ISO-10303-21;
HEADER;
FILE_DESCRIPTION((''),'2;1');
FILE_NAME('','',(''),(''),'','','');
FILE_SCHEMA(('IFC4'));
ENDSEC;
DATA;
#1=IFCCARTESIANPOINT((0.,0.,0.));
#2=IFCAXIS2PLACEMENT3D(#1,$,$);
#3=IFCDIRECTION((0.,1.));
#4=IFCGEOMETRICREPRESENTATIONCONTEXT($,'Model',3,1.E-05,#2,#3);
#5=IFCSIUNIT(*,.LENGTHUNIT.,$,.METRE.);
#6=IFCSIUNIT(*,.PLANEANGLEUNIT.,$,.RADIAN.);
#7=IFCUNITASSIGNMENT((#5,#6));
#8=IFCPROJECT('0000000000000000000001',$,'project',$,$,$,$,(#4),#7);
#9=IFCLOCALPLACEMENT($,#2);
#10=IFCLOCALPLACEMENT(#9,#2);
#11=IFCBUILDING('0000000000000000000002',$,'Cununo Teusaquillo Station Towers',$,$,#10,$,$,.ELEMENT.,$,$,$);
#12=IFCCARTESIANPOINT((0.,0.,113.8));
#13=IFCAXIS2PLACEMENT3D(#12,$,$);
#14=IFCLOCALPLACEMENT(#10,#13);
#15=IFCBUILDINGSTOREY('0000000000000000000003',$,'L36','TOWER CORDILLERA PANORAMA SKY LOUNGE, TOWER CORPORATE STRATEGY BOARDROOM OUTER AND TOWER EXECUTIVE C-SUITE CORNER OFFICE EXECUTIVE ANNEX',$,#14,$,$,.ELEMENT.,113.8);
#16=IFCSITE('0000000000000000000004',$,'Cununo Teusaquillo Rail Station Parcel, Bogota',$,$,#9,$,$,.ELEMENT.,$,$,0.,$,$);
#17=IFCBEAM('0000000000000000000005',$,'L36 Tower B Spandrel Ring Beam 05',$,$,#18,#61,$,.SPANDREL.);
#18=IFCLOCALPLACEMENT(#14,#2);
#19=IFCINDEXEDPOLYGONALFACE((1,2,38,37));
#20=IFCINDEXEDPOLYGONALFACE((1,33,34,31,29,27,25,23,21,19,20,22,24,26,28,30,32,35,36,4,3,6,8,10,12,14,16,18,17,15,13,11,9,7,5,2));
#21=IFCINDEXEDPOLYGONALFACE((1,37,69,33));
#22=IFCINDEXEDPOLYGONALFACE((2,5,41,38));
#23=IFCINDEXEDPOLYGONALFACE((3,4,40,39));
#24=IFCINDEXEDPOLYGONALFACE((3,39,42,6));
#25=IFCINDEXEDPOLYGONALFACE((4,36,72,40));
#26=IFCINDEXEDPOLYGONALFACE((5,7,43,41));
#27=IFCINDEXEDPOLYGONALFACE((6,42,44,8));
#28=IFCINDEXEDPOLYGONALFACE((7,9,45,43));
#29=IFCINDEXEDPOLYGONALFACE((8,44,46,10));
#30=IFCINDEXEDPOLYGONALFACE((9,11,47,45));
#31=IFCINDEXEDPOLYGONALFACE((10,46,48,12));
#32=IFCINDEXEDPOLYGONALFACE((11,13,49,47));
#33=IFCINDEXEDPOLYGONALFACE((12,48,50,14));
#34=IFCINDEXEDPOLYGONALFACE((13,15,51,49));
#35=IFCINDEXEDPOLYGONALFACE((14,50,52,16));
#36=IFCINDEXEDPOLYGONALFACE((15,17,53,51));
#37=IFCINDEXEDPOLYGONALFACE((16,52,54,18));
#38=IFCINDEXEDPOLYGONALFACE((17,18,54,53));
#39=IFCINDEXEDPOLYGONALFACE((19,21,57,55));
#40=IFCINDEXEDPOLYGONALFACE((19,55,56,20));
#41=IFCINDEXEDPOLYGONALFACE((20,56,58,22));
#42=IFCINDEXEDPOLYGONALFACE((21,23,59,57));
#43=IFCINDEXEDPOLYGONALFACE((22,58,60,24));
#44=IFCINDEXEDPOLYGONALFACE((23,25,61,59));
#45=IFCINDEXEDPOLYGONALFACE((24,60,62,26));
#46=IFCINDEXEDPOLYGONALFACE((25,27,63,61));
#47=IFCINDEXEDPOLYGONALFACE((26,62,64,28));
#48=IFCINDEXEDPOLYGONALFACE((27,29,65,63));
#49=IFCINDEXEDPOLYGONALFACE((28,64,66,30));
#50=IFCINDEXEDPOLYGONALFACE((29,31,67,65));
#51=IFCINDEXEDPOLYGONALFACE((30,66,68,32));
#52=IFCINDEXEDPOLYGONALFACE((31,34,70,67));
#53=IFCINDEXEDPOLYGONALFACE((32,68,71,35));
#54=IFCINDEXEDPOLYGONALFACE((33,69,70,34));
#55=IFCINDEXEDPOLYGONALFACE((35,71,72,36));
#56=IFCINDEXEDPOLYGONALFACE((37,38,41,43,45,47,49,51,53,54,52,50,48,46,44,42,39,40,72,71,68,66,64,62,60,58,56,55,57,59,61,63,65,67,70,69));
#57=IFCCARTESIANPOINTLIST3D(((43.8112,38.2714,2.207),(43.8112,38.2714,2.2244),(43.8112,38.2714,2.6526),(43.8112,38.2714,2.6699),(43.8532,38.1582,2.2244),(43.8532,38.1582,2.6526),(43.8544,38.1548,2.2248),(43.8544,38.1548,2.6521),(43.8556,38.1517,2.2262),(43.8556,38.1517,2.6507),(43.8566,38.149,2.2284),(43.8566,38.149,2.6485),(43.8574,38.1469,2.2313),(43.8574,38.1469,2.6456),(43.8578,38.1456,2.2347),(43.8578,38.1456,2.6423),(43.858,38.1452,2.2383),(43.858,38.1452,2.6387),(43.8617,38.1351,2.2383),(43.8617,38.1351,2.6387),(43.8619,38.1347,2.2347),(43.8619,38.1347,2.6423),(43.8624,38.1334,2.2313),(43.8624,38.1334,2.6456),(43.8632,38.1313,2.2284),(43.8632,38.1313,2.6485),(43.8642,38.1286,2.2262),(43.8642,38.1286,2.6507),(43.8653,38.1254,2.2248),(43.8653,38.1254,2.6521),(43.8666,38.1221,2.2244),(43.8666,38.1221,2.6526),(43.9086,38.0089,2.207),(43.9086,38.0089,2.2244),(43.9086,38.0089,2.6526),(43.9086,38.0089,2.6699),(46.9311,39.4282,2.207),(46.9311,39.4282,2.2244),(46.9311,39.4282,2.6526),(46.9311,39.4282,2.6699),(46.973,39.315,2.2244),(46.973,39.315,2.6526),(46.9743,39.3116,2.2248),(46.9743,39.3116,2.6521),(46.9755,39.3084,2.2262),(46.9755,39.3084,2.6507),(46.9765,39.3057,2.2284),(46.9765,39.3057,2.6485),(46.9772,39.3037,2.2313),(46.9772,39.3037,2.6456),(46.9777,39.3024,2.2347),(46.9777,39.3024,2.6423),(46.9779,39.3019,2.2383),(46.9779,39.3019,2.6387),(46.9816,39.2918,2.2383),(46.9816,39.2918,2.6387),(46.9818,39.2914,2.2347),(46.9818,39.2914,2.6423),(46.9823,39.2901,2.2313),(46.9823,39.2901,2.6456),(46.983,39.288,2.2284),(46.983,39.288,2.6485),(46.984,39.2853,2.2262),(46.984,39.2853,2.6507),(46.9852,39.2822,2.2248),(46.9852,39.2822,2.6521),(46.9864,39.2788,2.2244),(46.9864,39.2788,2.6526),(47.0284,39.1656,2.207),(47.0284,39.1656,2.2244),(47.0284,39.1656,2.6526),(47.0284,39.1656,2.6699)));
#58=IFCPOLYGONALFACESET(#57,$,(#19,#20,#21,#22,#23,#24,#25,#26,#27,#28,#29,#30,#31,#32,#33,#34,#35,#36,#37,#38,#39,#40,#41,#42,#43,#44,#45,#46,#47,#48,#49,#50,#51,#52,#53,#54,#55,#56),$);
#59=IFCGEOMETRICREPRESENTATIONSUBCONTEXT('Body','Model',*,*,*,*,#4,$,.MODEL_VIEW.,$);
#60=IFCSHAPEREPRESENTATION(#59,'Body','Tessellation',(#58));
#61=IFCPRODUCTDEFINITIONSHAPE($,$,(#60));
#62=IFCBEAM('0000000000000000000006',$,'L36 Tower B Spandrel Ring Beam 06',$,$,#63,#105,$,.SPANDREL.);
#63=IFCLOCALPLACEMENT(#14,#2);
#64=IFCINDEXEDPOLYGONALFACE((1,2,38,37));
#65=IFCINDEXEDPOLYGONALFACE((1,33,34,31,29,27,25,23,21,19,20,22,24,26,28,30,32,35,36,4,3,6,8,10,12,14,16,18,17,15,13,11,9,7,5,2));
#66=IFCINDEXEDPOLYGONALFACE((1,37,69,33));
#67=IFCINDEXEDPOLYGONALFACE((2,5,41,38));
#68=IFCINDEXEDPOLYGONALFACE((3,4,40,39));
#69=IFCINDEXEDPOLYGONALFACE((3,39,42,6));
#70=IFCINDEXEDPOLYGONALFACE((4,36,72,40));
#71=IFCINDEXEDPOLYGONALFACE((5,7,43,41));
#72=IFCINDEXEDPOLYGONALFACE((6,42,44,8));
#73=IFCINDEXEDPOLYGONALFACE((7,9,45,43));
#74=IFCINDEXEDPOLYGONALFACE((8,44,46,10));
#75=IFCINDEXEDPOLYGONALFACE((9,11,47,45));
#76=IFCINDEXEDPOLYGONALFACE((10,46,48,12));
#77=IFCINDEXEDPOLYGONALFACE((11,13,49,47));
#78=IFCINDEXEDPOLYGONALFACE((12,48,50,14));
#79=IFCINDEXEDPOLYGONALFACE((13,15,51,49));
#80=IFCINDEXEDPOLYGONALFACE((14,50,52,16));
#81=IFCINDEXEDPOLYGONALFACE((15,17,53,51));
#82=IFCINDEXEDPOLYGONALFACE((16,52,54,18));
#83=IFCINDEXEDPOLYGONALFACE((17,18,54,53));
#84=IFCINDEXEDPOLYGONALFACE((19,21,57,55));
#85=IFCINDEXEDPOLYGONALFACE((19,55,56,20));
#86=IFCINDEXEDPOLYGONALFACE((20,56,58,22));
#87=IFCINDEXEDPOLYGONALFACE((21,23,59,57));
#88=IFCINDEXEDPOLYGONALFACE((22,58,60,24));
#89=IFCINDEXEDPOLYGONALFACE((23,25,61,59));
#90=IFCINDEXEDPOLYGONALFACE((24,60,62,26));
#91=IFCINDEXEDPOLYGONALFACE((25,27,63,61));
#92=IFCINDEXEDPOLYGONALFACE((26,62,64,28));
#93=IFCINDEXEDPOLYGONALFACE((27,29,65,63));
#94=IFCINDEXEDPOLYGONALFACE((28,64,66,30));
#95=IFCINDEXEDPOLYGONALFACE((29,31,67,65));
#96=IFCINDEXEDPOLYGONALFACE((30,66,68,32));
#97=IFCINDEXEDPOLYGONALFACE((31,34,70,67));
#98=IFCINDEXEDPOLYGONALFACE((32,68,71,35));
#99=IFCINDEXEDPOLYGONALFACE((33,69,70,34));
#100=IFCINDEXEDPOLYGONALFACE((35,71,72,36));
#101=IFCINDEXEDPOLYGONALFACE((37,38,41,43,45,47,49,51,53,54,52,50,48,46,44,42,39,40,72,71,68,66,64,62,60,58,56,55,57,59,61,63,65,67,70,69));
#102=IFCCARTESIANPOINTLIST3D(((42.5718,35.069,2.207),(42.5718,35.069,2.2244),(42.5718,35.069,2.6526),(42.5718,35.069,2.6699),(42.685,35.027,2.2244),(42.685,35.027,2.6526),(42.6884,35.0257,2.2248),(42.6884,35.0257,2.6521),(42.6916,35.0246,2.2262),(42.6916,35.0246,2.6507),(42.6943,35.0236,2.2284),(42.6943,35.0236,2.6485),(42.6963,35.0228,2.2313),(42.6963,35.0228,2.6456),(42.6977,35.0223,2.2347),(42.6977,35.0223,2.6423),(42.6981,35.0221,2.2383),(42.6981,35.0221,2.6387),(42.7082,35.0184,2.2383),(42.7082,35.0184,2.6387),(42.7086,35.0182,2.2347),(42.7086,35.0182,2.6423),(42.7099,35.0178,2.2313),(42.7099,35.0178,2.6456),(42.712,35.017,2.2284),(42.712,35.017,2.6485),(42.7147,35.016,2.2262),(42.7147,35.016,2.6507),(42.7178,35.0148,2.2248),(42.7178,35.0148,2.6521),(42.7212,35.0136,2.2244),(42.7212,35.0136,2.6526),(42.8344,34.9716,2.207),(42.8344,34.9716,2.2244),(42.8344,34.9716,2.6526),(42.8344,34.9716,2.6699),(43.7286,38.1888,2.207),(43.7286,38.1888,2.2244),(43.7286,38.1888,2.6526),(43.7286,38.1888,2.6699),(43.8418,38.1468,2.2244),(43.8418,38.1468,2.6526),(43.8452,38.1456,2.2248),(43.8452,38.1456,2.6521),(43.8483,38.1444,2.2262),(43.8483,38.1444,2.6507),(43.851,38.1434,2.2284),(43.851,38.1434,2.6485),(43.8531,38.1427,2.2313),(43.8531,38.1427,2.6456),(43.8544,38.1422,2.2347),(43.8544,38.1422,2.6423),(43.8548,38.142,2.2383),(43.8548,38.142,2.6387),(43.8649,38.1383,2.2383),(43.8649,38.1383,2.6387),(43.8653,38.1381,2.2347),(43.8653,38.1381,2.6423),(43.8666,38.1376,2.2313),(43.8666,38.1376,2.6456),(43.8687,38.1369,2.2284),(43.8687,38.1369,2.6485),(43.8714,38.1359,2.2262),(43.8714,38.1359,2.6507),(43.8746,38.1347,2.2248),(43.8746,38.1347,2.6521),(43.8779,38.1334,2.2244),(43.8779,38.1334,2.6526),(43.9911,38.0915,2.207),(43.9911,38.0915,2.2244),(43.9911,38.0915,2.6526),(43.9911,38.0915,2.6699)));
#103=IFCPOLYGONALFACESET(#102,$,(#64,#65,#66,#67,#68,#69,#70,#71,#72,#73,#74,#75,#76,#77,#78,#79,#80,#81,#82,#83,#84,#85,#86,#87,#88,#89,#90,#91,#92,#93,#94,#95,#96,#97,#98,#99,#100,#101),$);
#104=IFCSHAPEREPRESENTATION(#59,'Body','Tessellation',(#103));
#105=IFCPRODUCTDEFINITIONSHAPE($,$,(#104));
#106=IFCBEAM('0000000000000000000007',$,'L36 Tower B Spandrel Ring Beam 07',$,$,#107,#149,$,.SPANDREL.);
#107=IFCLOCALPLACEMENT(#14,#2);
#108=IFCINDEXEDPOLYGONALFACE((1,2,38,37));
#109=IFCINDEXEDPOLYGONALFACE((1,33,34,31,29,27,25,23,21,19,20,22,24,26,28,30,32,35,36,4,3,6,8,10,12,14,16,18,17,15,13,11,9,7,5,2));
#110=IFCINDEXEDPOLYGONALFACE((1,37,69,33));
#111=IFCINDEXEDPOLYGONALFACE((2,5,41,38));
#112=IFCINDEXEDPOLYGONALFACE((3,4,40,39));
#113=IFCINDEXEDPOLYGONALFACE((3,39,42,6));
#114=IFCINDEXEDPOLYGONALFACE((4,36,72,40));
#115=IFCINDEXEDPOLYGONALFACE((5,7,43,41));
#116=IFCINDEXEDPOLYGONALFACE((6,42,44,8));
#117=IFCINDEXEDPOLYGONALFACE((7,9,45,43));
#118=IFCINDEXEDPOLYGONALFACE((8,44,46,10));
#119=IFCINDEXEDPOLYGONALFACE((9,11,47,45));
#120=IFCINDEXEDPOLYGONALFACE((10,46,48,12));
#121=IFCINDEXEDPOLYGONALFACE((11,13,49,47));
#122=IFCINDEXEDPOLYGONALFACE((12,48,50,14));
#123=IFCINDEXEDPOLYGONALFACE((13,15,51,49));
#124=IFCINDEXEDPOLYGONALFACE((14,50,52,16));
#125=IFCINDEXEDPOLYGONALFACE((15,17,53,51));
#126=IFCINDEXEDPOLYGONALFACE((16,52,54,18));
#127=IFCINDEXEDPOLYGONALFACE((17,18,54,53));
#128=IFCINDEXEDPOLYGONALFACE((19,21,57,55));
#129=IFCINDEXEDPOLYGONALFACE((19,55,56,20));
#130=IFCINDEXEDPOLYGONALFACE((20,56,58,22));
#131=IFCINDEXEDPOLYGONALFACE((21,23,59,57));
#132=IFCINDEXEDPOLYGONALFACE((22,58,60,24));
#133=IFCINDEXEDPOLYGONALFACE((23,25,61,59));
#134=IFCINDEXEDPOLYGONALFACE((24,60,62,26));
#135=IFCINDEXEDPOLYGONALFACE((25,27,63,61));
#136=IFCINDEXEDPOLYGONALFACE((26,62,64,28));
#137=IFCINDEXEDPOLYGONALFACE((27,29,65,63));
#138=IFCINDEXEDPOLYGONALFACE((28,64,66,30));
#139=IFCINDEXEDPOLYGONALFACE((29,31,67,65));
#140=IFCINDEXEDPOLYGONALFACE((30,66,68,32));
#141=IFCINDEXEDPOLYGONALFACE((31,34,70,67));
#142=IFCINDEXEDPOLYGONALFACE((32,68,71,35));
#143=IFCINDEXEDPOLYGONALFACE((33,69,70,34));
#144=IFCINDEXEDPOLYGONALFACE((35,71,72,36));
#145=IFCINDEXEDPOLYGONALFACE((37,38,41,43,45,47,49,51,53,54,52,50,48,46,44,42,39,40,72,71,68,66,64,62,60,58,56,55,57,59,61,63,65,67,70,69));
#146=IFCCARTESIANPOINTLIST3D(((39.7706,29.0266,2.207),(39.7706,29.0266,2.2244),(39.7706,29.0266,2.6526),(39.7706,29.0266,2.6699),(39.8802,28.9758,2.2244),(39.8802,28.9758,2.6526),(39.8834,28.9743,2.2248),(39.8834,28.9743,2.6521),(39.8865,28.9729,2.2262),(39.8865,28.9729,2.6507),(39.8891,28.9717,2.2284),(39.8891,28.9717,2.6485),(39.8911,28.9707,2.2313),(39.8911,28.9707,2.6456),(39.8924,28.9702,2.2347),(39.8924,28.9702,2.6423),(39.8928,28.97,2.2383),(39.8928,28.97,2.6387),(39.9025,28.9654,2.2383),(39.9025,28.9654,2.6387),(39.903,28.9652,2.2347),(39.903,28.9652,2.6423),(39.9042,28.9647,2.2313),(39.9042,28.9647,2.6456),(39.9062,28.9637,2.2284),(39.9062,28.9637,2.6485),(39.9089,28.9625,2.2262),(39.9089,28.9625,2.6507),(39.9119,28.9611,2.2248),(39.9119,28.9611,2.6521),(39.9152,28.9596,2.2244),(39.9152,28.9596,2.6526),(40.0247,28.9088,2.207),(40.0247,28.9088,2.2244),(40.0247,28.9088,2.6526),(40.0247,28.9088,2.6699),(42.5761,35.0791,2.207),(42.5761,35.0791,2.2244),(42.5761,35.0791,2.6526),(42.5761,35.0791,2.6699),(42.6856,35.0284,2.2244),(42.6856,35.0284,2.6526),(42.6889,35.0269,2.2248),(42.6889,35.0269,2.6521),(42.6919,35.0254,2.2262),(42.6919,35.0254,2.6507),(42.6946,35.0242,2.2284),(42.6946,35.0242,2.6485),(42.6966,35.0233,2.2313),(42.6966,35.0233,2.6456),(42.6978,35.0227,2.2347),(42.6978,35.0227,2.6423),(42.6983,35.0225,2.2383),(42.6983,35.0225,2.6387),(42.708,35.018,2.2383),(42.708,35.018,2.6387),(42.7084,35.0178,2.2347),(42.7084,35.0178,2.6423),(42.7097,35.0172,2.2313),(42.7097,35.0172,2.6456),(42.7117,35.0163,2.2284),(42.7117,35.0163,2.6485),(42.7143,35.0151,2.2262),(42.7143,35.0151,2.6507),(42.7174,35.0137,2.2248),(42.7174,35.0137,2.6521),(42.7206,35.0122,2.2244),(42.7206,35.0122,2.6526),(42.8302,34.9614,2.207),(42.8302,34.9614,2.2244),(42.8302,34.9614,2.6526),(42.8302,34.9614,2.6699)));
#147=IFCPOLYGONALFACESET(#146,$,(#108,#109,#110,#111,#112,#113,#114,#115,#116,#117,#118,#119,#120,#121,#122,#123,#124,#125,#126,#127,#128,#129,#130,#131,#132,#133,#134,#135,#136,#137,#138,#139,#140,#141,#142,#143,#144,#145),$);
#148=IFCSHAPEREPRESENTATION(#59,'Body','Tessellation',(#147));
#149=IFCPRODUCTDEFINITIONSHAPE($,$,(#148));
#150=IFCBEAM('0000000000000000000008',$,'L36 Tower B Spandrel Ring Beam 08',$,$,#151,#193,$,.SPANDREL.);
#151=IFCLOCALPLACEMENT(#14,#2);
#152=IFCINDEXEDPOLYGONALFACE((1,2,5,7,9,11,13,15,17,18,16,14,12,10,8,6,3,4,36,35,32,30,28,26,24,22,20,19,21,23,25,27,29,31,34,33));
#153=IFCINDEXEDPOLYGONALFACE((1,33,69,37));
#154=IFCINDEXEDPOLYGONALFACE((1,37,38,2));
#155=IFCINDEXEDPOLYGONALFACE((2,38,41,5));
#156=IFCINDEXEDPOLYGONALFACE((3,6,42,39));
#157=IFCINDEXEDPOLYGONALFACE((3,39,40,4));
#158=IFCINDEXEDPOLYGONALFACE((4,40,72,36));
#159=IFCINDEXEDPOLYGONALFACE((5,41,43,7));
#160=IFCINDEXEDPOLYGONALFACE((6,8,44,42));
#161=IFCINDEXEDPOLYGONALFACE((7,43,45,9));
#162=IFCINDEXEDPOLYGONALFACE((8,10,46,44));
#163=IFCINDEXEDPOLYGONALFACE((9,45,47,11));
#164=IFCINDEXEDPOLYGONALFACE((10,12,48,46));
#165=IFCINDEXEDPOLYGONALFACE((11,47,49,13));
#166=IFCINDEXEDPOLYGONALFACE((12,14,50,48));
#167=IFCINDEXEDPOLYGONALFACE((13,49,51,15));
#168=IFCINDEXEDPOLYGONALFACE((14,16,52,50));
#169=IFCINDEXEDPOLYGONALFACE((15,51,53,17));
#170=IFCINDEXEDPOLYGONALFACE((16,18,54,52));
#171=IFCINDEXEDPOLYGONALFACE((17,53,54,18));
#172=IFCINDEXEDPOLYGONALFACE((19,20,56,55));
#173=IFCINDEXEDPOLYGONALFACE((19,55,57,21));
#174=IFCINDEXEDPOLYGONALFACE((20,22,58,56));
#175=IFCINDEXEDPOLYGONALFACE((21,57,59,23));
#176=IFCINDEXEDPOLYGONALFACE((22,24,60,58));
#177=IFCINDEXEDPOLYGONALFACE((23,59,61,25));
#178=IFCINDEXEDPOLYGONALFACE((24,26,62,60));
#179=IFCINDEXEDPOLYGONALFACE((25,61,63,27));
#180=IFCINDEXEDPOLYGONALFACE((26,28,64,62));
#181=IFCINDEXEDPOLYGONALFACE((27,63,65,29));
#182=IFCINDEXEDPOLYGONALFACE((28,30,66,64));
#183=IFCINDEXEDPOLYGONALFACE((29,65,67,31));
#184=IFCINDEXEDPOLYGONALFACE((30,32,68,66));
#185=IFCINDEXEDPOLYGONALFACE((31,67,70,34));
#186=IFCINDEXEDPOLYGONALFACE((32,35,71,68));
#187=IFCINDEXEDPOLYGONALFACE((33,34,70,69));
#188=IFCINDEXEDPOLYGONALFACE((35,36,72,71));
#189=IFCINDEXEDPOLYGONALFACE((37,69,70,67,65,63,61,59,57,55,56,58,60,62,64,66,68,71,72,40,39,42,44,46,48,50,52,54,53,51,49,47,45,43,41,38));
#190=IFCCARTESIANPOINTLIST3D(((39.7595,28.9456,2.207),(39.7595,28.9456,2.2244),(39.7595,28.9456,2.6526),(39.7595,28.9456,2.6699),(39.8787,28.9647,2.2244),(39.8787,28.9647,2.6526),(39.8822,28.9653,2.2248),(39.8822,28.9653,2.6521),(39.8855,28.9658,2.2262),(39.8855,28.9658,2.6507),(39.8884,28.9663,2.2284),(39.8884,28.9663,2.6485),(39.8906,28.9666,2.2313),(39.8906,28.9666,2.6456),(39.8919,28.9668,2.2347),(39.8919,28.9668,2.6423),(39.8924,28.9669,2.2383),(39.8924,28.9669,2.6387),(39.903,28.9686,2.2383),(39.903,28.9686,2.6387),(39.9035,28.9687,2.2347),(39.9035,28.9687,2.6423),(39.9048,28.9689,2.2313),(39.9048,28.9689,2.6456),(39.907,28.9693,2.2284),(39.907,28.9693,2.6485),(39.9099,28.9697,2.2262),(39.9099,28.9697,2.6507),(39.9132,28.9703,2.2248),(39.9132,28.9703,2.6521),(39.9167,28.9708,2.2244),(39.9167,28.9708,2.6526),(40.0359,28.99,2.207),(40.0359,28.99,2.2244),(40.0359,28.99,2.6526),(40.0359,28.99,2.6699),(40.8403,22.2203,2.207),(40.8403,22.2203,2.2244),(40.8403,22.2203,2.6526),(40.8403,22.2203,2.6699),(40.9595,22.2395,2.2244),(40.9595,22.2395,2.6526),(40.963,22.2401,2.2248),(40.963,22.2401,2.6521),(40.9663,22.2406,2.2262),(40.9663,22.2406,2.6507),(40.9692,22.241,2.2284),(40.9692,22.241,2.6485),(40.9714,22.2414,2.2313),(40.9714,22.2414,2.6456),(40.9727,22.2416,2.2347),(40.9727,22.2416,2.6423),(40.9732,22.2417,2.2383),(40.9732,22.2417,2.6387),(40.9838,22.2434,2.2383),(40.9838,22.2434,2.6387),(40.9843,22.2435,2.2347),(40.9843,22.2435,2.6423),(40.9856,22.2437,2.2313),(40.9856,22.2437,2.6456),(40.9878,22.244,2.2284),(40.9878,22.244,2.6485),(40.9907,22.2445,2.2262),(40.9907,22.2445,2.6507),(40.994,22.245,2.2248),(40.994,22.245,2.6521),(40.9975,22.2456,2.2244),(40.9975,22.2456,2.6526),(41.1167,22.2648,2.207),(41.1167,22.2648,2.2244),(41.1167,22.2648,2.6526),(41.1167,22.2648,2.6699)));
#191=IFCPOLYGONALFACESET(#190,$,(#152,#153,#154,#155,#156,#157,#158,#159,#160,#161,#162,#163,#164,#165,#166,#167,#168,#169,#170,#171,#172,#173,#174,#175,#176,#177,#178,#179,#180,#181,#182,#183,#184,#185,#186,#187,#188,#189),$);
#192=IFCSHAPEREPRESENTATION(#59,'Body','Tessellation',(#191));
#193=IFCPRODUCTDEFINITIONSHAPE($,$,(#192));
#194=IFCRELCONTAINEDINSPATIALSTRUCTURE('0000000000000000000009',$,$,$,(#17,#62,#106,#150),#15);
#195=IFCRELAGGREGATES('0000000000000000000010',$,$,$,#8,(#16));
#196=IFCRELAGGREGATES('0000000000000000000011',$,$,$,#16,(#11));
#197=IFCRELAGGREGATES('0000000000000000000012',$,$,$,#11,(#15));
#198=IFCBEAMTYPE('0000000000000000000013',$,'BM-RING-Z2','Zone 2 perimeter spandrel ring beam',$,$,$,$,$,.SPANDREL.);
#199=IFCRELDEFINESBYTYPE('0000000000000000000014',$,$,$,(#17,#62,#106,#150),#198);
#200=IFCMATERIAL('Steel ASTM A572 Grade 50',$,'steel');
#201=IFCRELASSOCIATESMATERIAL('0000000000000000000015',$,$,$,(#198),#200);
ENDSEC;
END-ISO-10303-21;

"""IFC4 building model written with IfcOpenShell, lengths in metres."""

from ifc_helpers import new_model, si_unit, direction, frame, origin, origin_2d, place, context, subcontext, project, spatial, i_section, extrude, material, material_profile, profile_set, type_object, element, save


model = new_model("IFC4")

# Units and contexts
model_context = context("Model", 3, precision=1e-05, world=origin(), true_north=direction((0.0, 1.0)))
body_context = subcontext(model_context, "Body", "Model", "MODEL_VIEW")
ifc_project = project(units=[si_unit("LENGTHUNIT", "METRE"), si_unit("PLANEANGLEUNIT", "RADIAN")], contexts=[model_context])

# Site, building, storey
site_placement = place(None, origin())
site = spatial("IfcSite", under=ifc_project, at=site_placement, Name="Cununo Teusaquillo Rail Station Parcel, Bogota", CompositionType="ELEMENT", RefElevation=0.0)
building_placement = place(site_placement, origin())
building = spatial("IfcBuilding", under=site, at=building_placement, Name="Cununo Teusaquillo Station Towers", CompositionType="ELEMENT")
storey_placement = place(building_placement, frame((0.0, 0.0, 113.8)))
storey = spatial("IfcBuildingStorey", under=building, at=storey_placement, Name="L36", Description="TOWER CORDILLERA PANORAMA SKY LOUNGE, TOWER CORPORATE STRATEGY BOARDROOM OUTER AND TOWER EXECUTIVE C-SUITE CORNER OFFICE EXECUTIVE ANNEX", CompositionType="ELEMENT", Elevation=113.8)

# Beams
ifc_material_1 = material(Name="Steel ASTM A572 Grade 50", Category="steel")
ifc_material_profile_1 = material_profile(ifc_material_1, i_section(OverallWidth=0.28, OverallDepth=0.4629, WebThickness=0.0107, FlangeThickness=0.0173, FilletRadius=0.0139, at=origin_2d()), Name="W18X76")
ifc_profile_set_1 = profile_set([ifc_material_profile_1], Name="Steel ASTM A572 Grade 50")
beam_type_1 = type_object("IfcBeamType", Name="BM-RING-Z2", Description="Zone 2 perimeter spandrel ring beam", PredefinedType="SPANDREL", material=ifc_profile_set_1)
for number, where, z_axis, x_axis, name in (
    (1, (46.9797, 39.2969, 2.4385), (-0.937628, -0.347639, 0.0), (0.347639, -0.937628, 0.0), "L36 Tower B Spandrel Ring Beam 05"),
    (2, (43.8599, 38.1401, 2.4385), (-0.347639, -0.937628, 0.0), (0.937628, -0.347639, 0.0), "L36 Tower B Spandrel Ring Beam 06"),
):
    element("IfcBeam", number, at=place(storey_placement, frame(where, z_axis=z_axis, x_axis=x_axis)), inside=storey, type_object=beam_type_1, Name=name, PredefinedType="SPANDREL", context=body_context, shape_type="SweptSolid", body=[
        extrude(i_section(OverallWidth=0.28, OverallDepth=0.4629, WebThickness=0.0107, FlangeThickness=0.0173, FilletRadius=0.0139, at=origin_2d()), origin(), (0.0, 0.0, 1.0), 3.3274),
    ])
beam_1_placement = place(storey_placement, frame((42.7031, 35.0203, 2.4385), z_axis=(-0.420536, -0.907276, 0.0), x_axis=(0.907276, -0.420536, 0.0)))
element("IfcBeam", 3, at=beam_1_placement, inside=storey, type_object=beam_type_1, Name="L36 Tower B Spandrel Ring Beam 07", PredefinedType="SPANDREL", context=body_context, shape_type="SweptSolid", body=[
    extrude(i_section(OverallWidth=0.28, OverallDepth=0.4629, WebThickness=0.0107, FlangeThickness=0.0173, FilletRadius=0.0139, at=origin_2d()), origin(), (0.0, 0.0, 1.0), 6.6711),
])
beam_2_placement = place(storey_placement, frame((39.8977, 28.9678, 2.4385), z_axis=(0.158671, -0.987331, 0.0), x_axis=(0.987331, 0.158671, 0.0)))
element("IfcBeam", 4, at=beam_2_placement, inside=storey, type_object=beam_type_1, Name="L36 Tower B Spandrel Ring Beam 08", PredefinedType="SPANDREL", context=body_context, shape_type="SweptSolid", body=[
    extrude(i_section(OverallWidth=0.28, OverallDepth=0.4629, WebThickness=0.0107, FlangeThickness=0.0173, FilletRadius=0.0139, at=origin_2d()), origin(), (0.0, 0.0, 1.0), 6.8115),
])

save(model, "model.ifc")
